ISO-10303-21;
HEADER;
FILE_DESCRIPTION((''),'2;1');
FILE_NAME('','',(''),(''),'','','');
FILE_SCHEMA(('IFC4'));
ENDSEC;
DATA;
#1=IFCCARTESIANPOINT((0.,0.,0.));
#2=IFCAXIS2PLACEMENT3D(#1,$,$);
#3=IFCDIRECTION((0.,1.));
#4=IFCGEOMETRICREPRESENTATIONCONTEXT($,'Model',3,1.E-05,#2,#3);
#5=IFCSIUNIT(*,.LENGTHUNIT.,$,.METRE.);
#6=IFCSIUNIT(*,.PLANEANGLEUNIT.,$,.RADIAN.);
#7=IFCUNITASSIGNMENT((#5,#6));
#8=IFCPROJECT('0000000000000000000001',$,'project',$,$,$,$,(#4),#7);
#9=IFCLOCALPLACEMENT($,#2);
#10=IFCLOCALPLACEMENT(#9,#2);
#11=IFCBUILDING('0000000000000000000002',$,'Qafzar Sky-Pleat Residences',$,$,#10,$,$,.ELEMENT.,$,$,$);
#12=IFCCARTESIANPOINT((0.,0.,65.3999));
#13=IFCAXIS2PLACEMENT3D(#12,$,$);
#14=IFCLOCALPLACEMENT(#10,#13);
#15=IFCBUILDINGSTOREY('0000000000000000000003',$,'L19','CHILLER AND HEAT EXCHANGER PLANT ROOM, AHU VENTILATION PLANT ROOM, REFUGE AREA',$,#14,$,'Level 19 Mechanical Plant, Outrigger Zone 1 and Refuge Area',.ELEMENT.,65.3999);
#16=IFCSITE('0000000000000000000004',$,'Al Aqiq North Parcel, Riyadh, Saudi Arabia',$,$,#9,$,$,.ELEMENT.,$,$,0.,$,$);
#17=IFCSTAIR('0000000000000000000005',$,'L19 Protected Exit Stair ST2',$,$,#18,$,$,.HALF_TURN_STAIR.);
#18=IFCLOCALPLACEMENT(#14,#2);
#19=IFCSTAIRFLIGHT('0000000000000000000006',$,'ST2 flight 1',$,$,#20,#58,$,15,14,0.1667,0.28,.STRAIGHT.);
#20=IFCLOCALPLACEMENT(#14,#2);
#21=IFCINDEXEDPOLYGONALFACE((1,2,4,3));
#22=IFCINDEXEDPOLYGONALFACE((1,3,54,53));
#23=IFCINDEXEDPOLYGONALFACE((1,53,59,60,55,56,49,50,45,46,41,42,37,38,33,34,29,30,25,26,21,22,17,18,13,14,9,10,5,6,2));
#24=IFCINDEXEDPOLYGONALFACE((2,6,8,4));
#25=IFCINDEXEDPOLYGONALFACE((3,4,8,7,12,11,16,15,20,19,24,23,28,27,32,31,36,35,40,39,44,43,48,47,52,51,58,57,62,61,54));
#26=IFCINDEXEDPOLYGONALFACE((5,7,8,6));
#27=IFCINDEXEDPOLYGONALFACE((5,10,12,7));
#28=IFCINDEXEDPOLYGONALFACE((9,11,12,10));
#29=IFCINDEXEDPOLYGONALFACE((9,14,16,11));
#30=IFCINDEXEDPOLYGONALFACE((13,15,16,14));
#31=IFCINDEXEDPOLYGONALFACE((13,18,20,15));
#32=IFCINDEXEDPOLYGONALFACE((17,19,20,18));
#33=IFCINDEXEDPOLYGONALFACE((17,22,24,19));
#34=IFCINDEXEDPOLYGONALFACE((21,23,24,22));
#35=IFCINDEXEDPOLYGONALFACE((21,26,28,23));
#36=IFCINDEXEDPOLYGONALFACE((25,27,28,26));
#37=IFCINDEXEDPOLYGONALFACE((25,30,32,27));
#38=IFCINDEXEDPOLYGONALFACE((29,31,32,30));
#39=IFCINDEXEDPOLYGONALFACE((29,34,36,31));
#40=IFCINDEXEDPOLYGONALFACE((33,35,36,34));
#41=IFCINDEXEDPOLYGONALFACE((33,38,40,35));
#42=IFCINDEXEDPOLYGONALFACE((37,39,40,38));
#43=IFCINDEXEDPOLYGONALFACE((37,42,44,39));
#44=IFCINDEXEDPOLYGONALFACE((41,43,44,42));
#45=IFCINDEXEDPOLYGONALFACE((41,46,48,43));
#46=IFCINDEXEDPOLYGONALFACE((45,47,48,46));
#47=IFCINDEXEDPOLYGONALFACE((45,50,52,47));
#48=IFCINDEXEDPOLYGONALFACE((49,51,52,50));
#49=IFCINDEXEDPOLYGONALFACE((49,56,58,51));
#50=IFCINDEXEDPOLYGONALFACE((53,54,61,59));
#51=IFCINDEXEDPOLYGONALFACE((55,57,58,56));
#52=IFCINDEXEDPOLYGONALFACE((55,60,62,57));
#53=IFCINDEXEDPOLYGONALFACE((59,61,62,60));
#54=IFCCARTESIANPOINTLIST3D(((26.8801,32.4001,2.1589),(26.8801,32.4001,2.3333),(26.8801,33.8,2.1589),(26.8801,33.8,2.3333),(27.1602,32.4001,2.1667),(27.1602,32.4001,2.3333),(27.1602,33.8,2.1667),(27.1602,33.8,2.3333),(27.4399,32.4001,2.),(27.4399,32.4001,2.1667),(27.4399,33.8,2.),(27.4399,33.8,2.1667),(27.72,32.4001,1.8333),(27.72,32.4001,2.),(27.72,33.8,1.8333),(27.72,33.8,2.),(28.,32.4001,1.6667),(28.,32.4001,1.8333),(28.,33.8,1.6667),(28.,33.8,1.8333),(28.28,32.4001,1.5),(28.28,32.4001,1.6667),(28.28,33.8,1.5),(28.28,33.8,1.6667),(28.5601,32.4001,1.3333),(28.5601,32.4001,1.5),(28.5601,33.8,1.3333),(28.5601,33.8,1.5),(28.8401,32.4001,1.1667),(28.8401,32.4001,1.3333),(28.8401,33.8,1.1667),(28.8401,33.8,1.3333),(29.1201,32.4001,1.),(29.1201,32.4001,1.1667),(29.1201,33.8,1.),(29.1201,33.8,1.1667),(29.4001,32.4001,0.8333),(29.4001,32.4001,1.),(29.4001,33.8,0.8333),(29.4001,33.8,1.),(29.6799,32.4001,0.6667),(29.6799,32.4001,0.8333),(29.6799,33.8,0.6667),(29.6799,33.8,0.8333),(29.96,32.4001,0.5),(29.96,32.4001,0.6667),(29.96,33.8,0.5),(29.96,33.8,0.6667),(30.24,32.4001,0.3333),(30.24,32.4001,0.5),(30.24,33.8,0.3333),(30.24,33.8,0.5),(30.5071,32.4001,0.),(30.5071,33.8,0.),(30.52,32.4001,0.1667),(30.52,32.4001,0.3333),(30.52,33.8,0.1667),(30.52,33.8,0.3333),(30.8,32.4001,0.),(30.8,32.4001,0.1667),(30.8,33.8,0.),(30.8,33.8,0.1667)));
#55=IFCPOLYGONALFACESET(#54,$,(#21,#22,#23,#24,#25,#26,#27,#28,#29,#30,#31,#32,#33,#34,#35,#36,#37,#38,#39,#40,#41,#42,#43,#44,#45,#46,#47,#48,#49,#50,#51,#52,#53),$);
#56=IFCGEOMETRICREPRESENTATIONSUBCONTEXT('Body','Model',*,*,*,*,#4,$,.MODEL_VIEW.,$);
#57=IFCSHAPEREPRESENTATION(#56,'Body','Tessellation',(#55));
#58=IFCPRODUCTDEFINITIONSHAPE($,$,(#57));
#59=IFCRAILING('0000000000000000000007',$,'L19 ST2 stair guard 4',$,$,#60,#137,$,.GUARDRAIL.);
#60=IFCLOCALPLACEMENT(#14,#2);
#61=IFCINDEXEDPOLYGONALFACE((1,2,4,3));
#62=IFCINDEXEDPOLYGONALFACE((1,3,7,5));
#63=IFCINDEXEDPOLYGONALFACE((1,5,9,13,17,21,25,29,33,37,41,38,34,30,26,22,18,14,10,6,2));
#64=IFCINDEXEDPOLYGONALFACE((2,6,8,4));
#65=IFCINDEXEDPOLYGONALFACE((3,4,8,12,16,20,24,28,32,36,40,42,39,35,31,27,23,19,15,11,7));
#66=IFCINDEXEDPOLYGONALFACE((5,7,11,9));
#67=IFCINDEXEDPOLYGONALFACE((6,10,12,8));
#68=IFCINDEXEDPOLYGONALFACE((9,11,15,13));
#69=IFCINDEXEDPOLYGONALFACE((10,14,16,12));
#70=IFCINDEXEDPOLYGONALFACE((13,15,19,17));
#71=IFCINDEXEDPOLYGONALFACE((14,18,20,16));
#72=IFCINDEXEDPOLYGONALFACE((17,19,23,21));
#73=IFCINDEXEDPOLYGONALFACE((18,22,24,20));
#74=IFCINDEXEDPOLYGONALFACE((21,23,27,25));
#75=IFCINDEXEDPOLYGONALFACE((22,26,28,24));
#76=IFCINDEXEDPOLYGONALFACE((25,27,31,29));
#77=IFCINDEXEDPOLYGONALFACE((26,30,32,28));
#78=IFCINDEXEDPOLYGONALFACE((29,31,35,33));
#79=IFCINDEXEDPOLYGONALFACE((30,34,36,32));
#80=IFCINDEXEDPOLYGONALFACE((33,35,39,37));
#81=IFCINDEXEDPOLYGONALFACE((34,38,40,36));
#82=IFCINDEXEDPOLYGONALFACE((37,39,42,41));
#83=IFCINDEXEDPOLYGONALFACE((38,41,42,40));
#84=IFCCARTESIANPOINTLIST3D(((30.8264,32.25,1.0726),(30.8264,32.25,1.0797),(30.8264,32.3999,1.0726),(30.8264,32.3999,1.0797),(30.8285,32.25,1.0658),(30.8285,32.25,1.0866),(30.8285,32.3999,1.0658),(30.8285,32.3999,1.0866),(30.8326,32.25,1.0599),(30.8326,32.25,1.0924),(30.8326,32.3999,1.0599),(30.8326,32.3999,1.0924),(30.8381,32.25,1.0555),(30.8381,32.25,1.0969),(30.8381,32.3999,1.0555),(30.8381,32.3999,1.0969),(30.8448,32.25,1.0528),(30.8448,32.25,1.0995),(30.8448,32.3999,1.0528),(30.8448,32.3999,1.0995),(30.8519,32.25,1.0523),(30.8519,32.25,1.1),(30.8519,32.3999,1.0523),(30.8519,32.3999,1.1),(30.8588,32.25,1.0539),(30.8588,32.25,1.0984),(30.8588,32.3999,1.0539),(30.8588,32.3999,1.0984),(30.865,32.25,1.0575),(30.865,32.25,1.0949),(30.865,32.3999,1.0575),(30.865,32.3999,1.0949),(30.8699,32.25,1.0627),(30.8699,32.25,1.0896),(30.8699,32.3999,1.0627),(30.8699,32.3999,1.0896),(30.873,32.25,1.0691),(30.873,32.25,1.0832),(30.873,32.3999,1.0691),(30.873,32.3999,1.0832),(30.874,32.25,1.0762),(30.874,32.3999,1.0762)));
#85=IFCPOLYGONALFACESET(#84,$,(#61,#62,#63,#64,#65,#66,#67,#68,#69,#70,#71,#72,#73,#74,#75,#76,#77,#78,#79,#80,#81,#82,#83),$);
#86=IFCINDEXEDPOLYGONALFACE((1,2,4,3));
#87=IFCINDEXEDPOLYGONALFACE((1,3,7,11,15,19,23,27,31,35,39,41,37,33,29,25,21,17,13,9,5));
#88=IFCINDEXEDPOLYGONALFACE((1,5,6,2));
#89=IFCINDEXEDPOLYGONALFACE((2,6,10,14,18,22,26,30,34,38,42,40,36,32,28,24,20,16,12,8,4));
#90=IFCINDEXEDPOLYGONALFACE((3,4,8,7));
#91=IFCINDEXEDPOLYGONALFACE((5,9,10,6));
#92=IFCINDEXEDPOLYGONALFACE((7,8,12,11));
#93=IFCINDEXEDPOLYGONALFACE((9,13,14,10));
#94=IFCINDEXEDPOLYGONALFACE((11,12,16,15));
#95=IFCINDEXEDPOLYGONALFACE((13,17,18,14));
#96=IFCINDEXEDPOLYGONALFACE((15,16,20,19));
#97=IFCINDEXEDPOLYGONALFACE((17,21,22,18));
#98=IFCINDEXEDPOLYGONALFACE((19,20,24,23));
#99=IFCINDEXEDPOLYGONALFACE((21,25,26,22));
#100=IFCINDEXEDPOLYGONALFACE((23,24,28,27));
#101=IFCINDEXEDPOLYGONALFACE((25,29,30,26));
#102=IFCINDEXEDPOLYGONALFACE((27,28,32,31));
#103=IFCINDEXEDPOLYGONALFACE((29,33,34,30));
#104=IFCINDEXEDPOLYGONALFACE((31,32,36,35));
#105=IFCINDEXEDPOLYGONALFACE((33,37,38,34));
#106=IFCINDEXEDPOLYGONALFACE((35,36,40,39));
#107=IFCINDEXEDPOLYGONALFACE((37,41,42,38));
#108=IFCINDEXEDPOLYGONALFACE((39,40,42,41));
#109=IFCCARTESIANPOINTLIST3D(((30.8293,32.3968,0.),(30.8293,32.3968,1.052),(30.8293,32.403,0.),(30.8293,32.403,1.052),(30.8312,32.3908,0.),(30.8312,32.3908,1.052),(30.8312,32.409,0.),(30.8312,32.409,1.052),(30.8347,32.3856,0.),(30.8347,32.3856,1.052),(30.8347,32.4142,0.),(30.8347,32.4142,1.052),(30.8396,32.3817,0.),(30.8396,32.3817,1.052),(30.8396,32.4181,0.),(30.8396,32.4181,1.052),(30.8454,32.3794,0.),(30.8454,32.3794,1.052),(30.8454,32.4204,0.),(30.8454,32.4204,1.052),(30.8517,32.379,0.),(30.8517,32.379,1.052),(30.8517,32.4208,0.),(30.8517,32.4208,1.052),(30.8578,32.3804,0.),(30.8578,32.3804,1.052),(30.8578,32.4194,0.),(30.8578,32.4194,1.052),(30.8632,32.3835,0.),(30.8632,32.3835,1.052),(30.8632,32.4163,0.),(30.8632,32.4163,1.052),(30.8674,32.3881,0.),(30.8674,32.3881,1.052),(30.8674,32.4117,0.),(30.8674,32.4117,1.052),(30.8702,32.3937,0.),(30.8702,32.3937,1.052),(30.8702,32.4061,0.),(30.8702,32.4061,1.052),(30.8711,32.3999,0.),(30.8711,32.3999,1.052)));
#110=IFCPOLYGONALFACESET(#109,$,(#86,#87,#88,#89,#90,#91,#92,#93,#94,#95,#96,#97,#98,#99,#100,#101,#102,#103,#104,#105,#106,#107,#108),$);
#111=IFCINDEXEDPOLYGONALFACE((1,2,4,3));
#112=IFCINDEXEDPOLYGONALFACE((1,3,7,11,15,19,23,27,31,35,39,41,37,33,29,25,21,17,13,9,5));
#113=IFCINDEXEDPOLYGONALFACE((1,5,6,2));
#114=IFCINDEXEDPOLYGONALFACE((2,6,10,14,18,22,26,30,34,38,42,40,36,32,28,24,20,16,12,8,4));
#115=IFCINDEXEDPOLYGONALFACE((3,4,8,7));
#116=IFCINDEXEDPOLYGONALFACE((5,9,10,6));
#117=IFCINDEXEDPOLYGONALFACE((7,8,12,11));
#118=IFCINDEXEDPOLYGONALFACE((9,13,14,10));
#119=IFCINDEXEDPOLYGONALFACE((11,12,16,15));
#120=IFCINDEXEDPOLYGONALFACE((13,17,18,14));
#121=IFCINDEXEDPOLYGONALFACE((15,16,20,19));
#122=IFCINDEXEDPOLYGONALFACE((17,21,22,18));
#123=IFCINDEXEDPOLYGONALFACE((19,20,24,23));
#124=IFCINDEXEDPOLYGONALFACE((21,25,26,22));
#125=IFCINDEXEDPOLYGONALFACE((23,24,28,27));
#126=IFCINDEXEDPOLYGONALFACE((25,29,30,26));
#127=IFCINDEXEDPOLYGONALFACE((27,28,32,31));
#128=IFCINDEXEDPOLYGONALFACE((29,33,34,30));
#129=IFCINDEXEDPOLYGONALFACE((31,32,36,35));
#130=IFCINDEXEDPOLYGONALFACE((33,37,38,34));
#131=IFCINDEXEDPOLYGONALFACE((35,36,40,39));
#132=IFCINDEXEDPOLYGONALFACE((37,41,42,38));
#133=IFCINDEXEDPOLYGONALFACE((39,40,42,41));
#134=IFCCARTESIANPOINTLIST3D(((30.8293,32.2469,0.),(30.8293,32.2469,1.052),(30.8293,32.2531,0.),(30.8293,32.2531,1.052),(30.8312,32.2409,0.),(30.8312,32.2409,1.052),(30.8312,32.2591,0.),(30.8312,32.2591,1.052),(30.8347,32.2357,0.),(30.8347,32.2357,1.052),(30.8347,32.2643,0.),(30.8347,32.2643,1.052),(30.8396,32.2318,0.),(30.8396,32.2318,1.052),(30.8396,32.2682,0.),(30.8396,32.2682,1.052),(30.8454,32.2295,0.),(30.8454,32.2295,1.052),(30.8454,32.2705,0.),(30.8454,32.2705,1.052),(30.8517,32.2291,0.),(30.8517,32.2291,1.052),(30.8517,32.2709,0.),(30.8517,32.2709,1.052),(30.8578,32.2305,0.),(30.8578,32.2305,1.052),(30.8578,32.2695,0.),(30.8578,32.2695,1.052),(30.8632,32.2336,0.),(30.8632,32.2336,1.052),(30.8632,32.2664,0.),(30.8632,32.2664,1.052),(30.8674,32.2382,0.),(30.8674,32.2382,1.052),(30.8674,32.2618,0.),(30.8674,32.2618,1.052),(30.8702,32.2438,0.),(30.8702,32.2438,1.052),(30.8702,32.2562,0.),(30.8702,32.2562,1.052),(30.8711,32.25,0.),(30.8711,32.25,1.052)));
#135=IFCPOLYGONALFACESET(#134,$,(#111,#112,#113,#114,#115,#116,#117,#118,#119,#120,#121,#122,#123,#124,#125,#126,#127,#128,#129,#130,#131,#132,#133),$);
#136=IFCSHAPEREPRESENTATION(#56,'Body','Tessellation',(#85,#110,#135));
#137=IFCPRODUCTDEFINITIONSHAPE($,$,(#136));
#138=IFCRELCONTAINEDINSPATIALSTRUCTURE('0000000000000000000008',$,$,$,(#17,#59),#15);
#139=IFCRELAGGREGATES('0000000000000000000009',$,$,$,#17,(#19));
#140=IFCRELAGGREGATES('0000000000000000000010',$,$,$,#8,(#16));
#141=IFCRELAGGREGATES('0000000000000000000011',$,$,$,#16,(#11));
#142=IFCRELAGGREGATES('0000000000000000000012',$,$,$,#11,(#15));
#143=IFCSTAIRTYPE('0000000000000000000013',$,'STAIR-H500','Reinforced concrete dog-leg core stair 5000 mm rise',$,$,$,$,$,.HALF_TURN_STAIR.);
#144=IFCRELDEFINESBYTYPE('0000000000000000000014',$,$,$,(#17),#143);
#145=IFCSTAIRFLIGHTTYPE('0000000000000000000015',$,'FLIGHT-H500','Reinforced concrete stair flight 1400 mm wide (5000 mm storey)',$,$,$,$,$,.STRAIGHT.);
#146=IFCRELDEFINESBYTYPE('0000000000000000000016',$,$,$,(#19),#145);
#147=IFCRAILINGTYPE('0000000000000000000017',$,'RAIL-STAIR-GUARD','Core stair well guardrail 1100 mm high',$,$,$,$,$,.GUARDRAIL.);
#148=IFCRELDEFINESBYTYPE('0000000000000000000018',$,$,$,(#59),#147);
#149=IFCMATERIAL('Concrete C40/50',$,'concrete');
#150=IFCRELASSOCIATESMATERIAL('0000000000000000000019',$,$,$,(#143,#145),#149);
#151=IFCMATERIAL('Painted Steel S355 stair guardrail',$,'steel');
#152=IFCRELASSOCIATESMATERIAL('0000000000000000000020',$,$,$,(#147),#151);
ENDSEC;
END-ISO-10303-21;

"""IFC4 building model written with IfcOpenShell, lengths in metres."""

from ifc_helpers import new_model, si_unit, direction, frame, origin, origin_2d, place, context, subcontext, project, spatial, polyline, circle, outline, extrude, source, transform, mapped, material, type_object, element, aggregate, save


model = new_model("IFC4")

# Units and contexts
model_context = context("Model", 3, precision=1e-05, world=origin(), true_north=direction((0.0, 1.0)))
body_context = subcontext(model_context, "Body", "Model", "MODEL_VIEW")
ifc_project = project(units=[si_unit("LENGTHUNIT", "METRE"), si_unit("PLANEANGLEUNIT", "RADIAN")], contexts=[model_context])

# Site, building, storey
site_placement = place(None, origin())
site = spatial("IfcSite", under=ifc_project, at=site_placement, Name="Al Aqiq North Parcel, Riyadh, Saudi Arabia", CompositionType="ELEMENT", RefElevation=0.0)
building_placement = place(site_placement, origin())
building = spatial("IfcBuilding", under=site, at=building_placement, Name="Qafzar Sky-Pleat Residences", CompositionType="ELEMENT")
storey_placement = place(building_placement, frame((0.0, 0.0, 65.3999)))
storey = spatial("IfcBuildingStorey", under=building, at=storey_placement, Name="L19", Description="CHILLER AND HEAT EXCHANGER PLANT ROOM, AHU VENTILATION PLANT ROOM, REFUGE AREA", LongName="Level 19 Mechanical Plant, Outrigger Zone 1 and Refuge Area", CompositionType="ELEMENT", Elevation=65.3999)

# Stair, stair flight
ifc_material_1 = material(Name="Concrete C40/50", Category="concrete")
stair_type = type_object("IfcStairType", Name="STAIR-H500", Description="Reinforced concrete dog-leg core stair 5000 mm rise", PredefinedType="HALF_TURN_STAIR", material=ifc_material_1)
stair_placement = place(storey_placement, origin())
stair = element("IfcStair", 1, at=stair_placement, inside=storey, type_object=stair_type, Name="L19 Protected Exit Stair ST2", PredefinedType="HALF_TURN_STAIR")
stair_flight_type = type_object("IfcStairFlightType", Name="FLIGHT-H500", Description="Reinforced concrete stair flight 1400 mm wide (5000 mm storey)", PredefinedType="STRAIGHT", material=ifc_material_1)
shared_shape_1 = source(origin(), body_context, "Body", "SweptSolid", [
    extrude(outline(polyline([(0.0, 0.0), (0.0, 0.1667), (0.28, 0.1667), (0.28, 0.3333), (0.5601, 0.3333), (0.5601, 0.5), (0.8401, 0.5), (0.8401, 0.6667), (1.1201, 0.6667), (1.1201, 0.8333), (1.3999, 0.8333), (1.3999, 1.0), (1.6799, 1.0), (1.6799, 1.1667), (1.96, 1.1667), (1.96, 1.3333), (2.24, 1.3333), (2.24, 1.5), (2.52, 1.5), (2.52, 1.6667), (2.8, 1.6667), (2.8, 1.8333), (3.0801, 1.8333), (3.0801, 2.0), (3.3601, 2.0), (3.3601, 2.1667), (3.6399, 2.1667), (3.6399, 2.3333), (3.9199, 2.3333), (3.9199, 2.5), (3.9199, 2.1589), (0.293, 0.0), (0.0, 0.0)])), frame((0.0, 0.7, 0.0), z_axis=(0.0, -1.0, 0.0), x_axis=(1.0, 0.0, 0.0)), (0.0, 0.0, 1.0), 1.3999),
])
stair_flight_placement = place(storey_placement, frame((30.8, 33.1001, 0.0), z_axis=(0.0, 0.0, 1.0), x_axis=(-1.0, 0.0, 0.0)))
stair_flight = element("IfcStairFlight", 2, at=stair_flight_placement, type_object=stair_flight_type, Name="ST2 flight 1", NumberOfRisers=15, NumberOfTreads=14, PredefinedType="STRAIGHT", RiserHeight=0.1667, TreadLength=0.28, context=body_context, shape_type="MappedRepresentation", body=[
    mapped(shared_shape_1, transform((0.0, 0.0, 0.0), x_axis=(1.0, 0.0, 0.0), y_axis=(0.0, 1.0, 0.0), z_axis=(0.0, 0.0, 1.0), scale=1.0)),
])
aggregate(stair, [stair_flight])

# Railing
ifc_material_2 = material(Name="Painted Steel S355 stair guardrail", Category="steel")
railing_type_1 = type_object("IfcRailingType", Name="RAIL-STAIR-GUARD", Description="Core stair well guardrail 1100 mm high", PredefinedType="GUARDRAIL", material=ifc_material_2)
shared_shape_2 = source(origin(), body_context, "Body", "SweptSolid", [
    extrude(circle(Radius=0.0239, at=origin_2d()), frame((0.0, 0.0, 1.0762), z_axis=(0.0, -1.0, 0.0), x_axis=(1.0, 0.0, 0.0)), (0.0, 0.0, 1.0), 0.1499),
    extrude(circle(Radius=0.021, at=origin_2d()), origin(), (0.0, 0.0, 1.0), 1.052),
    extrude(circle(Radius=0.021, at=origin_2d()), frame((0.0, -0.1499, 0.0)), (0.0, 0.0, 1.0), 1.052),
])
railing_1_placement = place(storey_placement, frame((30.8501, 32.3999, 0.0)))
element("IfcRailing", 3, at=railing_1_placement, inside=storey, type_object=railing_type_1, Name="L19 ST2 stair guard 4", PredefinedType="GUARDRAIL", context=body_context, shape_type="MappedRepresentation", body=[
    mapped(shared_shape_2, transform((0.0, 0.0, 0.0), x_axis=(1.0, 0.0, 0.0), y_axis=(0.0, 1.0, 0.0), z_axis=(0.0, 0.0, 1.0), scale=1.0)),
])

save(model, "model.ifc")
